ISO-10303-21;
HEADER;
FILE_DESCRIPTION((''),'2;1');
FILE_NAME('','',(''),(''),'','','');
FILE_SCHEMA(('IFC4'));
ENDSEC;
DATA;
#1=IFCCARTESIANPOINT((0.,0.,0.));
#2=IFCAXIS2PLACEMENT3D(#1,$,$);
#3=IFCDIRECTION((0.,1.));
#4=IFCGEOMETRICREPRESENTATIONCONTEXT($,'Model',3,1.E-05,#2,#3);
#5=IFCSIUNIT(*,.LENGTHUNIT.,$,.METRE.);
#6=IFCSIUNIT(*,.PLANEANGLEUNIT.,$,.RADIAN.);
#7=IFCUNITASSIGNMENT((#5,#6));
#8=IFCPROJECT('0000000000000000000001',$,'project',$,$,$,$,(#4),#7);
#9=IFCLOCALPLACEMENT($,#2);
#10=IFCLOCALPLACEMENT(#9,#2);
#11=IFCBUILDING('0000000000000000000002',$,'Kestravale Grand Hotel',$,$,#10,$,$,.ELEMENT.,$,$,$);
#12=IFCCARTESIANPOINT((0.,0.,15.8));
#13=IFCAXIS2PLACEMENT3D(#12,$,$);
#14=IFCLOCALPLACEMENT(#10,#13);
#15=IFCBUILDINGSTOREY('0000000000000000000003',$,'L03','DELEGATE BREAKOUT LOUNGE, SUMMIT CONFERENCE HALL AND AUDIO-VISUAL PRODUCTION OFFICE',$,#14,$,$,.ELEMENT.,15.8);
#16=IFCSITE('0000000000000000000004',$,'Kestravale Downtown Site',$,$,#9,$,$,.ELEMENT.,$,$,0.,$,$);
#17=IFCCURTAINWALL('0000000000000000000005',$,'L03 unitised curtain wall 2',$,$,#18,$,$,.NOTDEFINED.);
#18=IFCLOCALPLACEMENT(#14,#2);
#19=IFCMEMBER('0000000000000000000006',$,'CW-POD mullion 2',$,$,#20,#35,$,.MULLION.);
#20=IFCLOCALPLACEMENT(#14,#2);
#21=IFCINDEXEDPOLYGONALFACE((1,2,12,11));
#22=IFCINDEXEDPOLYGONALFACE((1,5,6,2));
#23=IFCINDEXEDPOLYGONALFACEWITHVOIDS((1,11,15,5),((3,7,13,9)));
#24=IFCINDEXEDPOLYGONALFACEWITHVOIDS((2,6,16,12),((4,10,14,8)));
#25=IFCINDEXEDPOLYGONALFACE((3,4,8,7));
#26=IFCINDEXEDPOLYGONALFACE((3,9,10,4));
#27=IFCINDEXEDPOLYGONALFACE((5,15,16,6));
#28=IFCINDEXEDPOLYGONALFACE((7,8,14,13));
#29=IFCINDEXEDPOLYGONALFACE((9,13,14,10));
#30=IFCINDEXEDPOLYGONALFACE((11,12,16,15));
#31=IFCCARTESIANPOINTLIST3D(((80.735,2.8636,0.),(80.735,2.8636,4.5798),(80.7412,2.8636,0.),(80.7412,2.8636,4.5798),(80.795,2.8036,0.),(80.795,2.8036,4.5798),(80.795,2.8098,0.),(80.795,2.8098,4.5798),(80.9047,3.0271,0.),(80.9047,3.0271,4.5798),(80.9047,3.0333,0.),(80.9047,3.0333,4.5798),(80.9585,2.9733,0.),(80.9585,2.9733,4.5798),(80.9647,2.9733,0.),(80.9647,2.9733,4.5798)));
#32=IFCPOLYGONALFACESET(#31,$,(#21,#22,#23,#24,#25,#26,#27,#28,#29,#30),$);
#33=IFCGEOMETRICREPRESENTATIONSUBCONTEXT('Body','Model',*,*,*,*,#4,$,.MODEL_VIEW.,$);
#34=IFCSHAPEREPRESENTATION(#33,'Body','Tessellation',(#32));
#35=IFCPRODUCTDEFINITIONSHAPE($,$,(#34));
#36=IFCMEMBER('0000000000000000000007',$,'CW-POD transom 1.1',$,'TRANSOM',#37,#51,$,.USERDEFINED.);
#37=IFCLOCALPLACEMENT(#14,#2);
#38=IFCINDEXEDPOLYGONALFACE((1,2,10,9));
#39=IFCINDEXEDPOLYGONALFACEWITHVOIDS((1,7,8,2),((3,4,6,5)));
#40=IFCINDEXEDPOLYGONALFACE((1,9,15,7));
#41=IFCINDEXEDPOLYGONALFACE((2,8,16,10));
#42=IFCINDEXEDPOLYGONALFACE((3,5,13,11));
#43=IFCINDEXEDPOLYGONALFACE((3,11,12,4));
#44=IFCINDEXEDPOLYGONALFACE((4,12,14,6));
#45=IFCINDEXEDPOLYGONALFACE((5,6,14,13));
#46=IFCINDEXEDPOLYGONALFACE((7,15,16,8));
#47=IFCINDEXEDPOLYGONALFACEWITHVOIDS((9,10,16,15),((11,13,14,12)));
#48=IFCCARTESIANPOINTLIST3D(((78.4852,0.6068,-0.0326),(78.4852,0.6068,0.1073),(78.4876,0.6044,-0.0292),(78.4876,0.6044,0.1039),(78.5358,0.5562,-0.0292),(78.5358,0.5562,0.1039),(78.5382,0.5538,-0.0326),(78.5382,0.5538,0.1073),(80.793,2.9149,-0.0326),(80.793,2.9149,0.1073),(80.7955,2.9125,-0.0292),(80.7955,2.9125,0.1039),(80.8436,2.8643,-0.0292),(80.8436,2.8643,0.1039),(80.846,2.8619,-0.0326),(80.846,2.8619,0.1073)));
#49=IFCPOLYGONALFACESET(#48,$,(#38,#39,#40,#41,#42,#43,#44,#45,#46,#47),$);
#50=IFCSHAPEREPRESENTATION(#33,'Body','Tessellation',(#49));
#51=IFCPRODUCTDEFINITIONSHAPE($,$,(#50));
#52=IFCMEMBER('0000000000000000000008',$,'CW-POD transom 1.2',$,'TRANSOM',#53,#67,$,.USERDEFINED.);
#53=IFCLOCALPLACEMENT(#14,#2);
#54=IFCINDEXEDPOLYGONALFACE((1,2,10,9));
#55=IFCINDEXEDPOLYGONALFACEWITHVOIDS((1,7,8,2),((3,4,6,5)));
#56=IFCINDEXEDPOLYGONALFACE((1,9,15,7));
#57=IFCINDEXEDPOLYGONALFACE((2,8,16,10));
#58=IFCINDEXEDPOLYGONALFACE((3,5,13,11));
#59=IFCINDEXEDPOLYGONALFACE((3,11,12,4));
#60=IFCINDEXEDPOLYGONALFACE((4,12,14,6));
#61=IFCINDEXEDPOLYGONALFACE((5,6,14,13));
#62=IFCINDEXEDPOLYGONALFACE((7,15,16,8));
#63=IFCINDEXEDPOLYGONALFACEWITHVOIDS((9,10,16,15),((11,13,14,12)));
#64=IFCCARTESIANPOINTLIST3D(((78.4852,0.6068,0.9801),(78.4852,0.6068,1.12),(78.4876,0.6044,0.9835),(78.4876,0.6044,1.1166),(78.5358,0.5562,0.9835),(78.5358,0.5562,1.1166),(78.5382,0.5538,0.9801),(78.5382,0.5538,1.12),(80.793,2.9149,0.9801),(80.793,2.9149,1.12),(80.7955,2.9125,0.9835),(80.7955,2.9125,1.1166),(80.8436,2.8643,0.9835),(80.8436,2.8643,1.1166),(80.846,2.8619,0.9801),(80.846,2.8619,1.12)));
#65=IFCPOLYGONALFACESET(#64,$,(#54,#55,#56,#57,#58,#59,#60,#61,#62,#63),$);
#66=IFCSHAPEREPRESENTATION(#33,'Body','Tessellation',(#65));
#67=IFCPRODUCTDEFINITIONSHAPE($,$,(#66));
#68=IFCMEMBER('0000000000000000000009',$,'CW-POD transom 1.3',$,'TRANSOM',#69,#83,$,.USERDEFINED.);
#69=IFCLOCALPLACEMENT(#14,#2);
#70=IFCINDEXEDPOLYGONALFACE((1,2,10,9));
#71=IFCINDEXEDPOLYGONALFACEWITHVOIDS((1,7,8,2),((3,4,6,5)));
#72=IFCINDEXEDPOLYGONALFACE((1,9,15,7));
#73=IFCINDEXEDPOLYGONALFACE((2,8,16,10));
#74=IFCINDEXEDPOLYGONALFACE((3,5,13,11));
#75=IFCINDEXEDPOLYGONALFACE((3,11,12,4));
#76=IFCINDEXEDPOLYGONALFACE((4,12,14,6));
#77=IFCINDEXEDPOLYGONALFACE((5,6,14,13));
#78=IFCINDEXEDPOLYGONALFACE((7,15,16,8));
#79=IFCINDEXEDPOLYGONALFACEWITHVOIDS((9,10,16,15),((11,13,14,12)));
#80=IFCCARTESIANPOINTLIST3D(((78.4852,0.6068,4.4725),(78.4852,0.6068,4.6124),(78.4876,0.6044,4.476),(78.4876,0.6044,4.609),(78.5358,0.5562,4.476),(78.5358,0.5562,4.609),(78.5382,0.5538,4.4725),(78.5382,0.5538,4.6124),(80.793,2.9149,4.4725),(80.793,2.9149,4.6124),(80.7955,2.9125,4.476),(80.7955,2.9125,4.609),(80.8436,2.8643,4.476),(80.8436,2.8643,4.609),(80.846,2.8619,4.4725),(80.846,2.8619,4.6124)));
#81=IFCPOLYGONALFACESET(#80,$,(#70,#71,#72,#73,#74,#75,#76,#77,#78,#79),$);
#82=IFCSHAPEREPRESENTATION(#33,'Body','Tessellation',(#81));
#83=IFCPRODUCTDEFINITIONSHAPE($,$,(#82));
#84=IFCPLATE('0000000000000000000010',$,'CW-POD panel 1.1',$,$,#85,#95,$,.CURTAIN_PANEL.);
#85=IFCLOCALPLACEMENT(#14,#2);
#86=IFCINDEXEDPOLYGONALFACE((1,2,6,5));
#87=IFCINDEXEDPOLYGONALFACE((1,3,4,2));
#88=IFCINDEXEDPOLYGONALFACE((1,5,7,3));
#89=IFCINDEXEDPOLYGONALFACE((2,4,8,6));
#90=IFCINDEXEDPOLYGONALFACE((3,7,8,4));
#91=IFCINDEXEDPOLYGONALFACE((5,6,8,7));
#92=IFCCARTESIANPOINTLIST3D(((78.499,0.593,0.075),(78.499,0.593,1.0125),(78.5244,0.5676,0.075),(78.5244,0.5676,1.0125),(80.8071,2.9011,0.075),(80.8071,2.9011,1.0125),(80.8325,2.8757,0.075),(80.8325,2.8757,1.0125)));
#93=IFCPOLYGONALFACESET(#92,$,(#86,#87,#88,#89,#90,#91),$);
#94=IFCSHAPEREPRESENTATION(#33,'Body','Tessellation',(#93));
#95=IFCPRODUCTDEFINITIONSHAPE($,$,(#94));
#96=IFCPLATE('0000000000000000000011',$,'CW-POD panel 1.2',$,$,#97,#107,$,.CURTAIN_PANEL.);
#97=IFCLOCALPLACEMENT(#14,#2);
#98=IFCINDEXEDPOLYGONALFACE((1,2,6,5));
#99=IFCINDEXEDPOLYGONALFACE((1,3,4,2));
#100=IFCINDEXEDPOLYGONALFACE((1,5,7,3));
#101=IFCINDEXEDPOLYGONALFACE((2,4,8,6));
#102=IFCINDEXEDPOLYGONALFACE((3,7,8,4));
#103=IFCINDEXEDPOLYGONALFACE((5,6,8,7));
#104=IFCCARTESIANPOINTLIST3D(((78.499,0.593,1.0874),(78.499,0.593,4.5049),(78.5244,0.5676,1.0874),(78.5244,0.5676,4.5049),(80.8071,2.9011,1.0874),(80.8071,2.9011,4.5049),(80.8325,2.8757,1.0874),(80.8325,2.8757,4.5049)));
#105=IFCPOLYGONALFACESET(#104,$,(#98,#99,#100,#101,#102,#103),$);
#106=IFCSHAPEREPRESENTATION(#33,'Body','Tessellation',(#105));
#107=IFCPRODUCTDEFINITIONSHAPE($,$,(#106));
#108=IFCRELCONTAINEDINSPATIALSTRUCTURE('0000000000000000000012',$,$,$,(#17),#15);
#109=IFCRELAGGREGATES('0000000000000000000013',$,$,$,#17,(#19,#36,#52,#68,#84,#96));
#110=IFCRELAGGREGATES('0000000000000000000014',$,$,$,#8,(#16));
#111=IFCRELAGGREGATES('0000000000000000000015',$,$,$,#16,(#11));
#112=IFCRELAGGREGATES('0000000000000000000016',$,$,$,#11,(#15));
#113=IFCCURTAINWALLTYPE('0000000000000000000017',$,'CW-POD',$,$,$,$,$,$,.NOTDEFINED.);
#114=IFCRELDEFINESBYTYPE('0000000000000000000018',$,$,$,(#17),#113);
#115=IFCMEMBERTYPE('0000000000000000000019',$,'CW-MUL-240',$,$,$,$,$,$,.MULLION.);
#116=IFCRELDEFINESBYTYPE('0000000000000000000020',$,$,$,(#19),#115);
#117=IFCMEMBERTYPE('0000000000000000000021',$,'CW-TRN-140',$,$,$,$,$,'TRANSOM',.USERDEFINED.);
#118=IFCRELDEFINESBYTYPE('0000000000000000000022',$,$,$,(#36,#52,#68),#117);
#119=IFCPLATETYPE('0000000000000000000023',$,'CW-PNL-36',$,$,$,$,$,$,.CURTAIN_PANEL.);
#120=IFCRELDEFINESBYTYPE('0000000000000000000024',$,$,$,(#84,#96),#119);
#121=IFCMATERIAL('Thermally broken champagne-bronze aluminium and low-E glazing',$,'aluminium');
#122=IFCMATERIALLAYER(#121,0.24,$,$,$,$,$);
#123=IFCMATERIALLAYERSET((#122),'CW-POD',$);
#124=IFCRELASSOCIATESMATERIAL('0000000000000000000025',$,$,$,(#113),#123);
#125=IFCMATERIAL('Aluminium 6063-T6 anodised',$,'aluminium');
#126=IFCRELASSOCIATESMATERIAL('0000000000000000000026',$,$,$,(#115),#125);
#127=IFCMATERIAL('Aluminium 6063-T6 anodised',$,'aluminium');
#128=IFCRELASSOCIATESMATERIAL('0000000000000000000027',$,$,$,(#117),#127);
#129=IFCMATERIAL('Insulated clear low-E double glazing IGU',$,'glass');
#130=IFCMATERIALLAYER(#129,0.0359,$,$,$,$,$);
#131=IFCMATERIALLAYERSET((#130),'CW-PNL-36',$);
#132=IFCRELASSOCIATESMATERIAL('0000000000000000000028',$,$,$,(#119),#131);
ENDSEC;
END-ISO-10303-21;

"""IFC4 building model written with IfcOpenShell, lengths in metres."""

from ifc_helpers import new_model, si_unit, direction, frame, origin, origin_2d, place, context, subcontext, project, spatial, rectangle, hollow_rectangle, extrude, material, layer, layer_set, material_profile, profile_set, type_object, element, aggregate, save


model = new_model("IFC4")

# Units and contexts
model_context = context("Model", 3, precision=1e-05, world=origin(), true_north=direction((0.0, 1.0)))
body_context = subcontext(model_context, "Body", "Model", "MODEL_VIEW")
ifc_project = project(units=[si_unit("LENGTHUNIT", "METRE"), si_unit("PLANEANGLEUNIT", "RADIAN")], contexts=[model_context])

# Site, building, storey
site_placement = place(None, origin())
site = spatial("IfcSite", under=ifc_project, at=site_placement, Name="Kestravale Downtown Site", CompositionType="ELEMENT", RefElevation=0.0)
building_placement = place(site_placement, origin())
building = spatial("IfcBuilding", under=site, at=building_placement, Name="Kestravale Grand Hotel", CompositionType="ELEMENT")
storey_placement = place(building_placement, frame((0.0, 0.0, 15.8)))
storey = spatial("IfcBuildingStorey", under=building, at=storey_placement, Name="L03", Description="DELEGATE BREAKOUT LOUNGE, SUMMIT CONFERENCE HALL AND AUDIO-VISUAL PRODUCTION OFFICE", CompositionType="ELEMENT", Elevation=15.8)

# Curtain wall, members, plates
ifc_material_1 = material(Name="Thermally broken champagne-bronze aluminium and low-E glazing", Category="aluminium")
ifc_layer_1 = layer(ifc_material_1, 0.24)
ifc_layer_set_1 = layer_set([ifc_layer_1], Name="CW-POD")
curtain_wall_type = type_object("IfcCurtainWallType", Name="CW-POD", PredefinedType="NOTDEFINED", material=ifc_layer_set_1)
curtain_wall_placement = place(storey_placement, origin())
curtain_wall = element("IfcCurtainWall", 1, at=curtain_wall_placement, inside=storey, type_object=curtain_wall_type, Name="L03 unitised curtain wall 2", PredefinedType="NOTDEFINED")
ifc_material_2 = material(Name="Aluminium 6063-T6 anodised", Category="aluminium")
ifc_material_profile_1 = material_profile(ifc_material_2, hollow_rectangle(XDim=0.085, YDim=0.24, WallThickness=0.0044, at=origin_2d()))
ifc_profile_set_1 = profile_set([ifc_material_profile_1], Name="Aluminium 6063-T6 anodised")
member_type_1 = type_object("IfcMemberType", Name="CW-MUL-240", PredefinedType="MULLION", material=ifc_profile_set_1)
member_1_placement = place(storey_placement, frame((80.8499, 2.9185, 0.0), z_axis=(0.0, 0.0, 1.0), x_axis=(-0.707107, 0.707107, 0.0)))
member_1 = element("IfcMember", 2, at=member_1_placement, type_object=member_type_1, Name="CW-POD mullion 2", PredefinedType="MULLION", context=body_context, shape_type="SweptSolid", body=[
    extrude(hollow_rectangle(XDim=0.085, YDim=0.24, WallThickness=0.0044, at=origin_2d()), origin(), (0.0, 0.0, 1.0), 4.5798),
])
ifc_material_3 = material(Name="Aluminium 6063-T6 anodised", Category="aluminium")
ifc_material_profile_2 = material_profile(ifc_material_3, hollow_rectangle(XDim=0.075, YDim=0.1399, WallThickness=0.0034, at=origin_2d()))
ifc_profile_set_2 = profile_set([ifc_material_profile_2], Name="Aluminium 6063-T6 anodised")
member_type_2 = type_object("IfcMemberType", Name="CW-TRN-140", ElementType="TRANSOM", PredefinedType="USERDEFINED", material=ifc_profile_set_2)
member_2_placement = place(storey_placement, frame((78.5117, 0.5803, 0.0374), z_axis=(0.707069, 0.707144, 0.0), x_axis=(-0.707144, 0.707069, 0.0)))
member_2 = element("IfcMember", 3, at=member_2_placement, type_object=member_type_2, Name="CW-POD transom 1.1", ObjectType="TRANSOM", PredefinedType="USERDEFINED", context=body_context, shape_type="SweptSolid", body=[
    extrude(hollow_rectangle(XDim=0.075, YDim=0.1399, WallThickness=0.0034, at=origin_2d()), origin(), (0.0, 0.0, 1.0), 3.2639),
])
member_3_placement = place(storey_placement, frame((78.5117, 0.5803, 1.05), z_axis=(0.707069, 0.707144, 0.0), x_axis=(-0.707144, 0.707069, 0.0)))
member_3 = element("IfcMember", 4, at=member_3_placement, type_object=member_type_2, Name="CW-POD transom 1.2", ObjectType="TRANSOM", PredefinedType="USERDEFINED", context=body_context, shape_type="SweptSolid", body=[
    extrude(hollow_rectangle(XDim=0.075, YDim=0.1399, WallThickness=0.0034, at=origin_2d()), origin(), (0.0, 0.0, 1.0), 3.2639),
])
member_4_placement = place(storey_placement, frame((78.5117, 0.5803, 4.5425), z_axis=(0.707069, 0.707144, 0.0), x_axis=(-0.707144, 0.707069, 0.0)))
member_4 = element("IfcMember", 5, at=member_4_placement, type_object=member_type_2, Name="CW-POD transom 1.3", ObjectType="TRANSOM", PredefinedType="USERDEFINED", context=body_context, shape_type="SweptSolid", body=[
    extrude(hollow_rectangle(XDim=0.075, YDim=0.1399, WallThickness=0.0034, at=origin_2d()), origin(), (0.0, 0.0, 1.0), 3.2639),
])
ifc_material_4 = material(Name="Insulated clear low-E double glazing IGU", Category="glass")
ifc_layer_2 = layer(ifc_material_4, 0.0359)
ifc_layer_set_2 = layer_set([ifc_layer_2], Name="CW-PNL-36")
plate_type = type_object("IfcPlateType", Name="CW-PNL-36", PredefinedType="CURTAIN_PANEL", material=ifc_layer_set_2)
plate_1_placement = place(storey_placement, frame((79.6658, 1.7344, 0.075), z_axis=(0.0, 0.0, 1.0), x_axis=(0.707107, 0.707107, 0.0)))
plate_1 = element("IfcPlate", 6, at=plate_1_placement, type_object=plate_type, Name="CW-POD panel 1.1", PredefinedType="CURTAIN_PANEL", context=body_context, shape_type="SweptSolid", body=[
    extrude(rectangle(XDim=3.2642, YDim=0.0359, at=origin_2d()), origin(), (0.0, 0.0, 1.0), 0.9375),
])
plate_2_placement = place(storey_placement, frame((79.6658, 1.7344, 1.0874), z_axis=(0.0, 0.0, 1.0), x_axis=(0.707107, 0.707107, 0.0)))
plate_2 = element("IfcPlate", 7, at=plate_2_placement, type_object=plate_type, Name="CW-POD panel 1.2", PredefinedType="CURTAIN_PANEL", context=body_context, shape_type="SweptSolid", body=[
    extrude(rectangle(XDim=3.2642, YDim=0.0359, at=origin_2d()), origin(), (0.0, 0.0, 1.0), 3.4175),
])
aggregate(curtain_wall, [member_1, member_2, member_3, member_4, plate_1, plate_2])

save(model, "model.ifc")
